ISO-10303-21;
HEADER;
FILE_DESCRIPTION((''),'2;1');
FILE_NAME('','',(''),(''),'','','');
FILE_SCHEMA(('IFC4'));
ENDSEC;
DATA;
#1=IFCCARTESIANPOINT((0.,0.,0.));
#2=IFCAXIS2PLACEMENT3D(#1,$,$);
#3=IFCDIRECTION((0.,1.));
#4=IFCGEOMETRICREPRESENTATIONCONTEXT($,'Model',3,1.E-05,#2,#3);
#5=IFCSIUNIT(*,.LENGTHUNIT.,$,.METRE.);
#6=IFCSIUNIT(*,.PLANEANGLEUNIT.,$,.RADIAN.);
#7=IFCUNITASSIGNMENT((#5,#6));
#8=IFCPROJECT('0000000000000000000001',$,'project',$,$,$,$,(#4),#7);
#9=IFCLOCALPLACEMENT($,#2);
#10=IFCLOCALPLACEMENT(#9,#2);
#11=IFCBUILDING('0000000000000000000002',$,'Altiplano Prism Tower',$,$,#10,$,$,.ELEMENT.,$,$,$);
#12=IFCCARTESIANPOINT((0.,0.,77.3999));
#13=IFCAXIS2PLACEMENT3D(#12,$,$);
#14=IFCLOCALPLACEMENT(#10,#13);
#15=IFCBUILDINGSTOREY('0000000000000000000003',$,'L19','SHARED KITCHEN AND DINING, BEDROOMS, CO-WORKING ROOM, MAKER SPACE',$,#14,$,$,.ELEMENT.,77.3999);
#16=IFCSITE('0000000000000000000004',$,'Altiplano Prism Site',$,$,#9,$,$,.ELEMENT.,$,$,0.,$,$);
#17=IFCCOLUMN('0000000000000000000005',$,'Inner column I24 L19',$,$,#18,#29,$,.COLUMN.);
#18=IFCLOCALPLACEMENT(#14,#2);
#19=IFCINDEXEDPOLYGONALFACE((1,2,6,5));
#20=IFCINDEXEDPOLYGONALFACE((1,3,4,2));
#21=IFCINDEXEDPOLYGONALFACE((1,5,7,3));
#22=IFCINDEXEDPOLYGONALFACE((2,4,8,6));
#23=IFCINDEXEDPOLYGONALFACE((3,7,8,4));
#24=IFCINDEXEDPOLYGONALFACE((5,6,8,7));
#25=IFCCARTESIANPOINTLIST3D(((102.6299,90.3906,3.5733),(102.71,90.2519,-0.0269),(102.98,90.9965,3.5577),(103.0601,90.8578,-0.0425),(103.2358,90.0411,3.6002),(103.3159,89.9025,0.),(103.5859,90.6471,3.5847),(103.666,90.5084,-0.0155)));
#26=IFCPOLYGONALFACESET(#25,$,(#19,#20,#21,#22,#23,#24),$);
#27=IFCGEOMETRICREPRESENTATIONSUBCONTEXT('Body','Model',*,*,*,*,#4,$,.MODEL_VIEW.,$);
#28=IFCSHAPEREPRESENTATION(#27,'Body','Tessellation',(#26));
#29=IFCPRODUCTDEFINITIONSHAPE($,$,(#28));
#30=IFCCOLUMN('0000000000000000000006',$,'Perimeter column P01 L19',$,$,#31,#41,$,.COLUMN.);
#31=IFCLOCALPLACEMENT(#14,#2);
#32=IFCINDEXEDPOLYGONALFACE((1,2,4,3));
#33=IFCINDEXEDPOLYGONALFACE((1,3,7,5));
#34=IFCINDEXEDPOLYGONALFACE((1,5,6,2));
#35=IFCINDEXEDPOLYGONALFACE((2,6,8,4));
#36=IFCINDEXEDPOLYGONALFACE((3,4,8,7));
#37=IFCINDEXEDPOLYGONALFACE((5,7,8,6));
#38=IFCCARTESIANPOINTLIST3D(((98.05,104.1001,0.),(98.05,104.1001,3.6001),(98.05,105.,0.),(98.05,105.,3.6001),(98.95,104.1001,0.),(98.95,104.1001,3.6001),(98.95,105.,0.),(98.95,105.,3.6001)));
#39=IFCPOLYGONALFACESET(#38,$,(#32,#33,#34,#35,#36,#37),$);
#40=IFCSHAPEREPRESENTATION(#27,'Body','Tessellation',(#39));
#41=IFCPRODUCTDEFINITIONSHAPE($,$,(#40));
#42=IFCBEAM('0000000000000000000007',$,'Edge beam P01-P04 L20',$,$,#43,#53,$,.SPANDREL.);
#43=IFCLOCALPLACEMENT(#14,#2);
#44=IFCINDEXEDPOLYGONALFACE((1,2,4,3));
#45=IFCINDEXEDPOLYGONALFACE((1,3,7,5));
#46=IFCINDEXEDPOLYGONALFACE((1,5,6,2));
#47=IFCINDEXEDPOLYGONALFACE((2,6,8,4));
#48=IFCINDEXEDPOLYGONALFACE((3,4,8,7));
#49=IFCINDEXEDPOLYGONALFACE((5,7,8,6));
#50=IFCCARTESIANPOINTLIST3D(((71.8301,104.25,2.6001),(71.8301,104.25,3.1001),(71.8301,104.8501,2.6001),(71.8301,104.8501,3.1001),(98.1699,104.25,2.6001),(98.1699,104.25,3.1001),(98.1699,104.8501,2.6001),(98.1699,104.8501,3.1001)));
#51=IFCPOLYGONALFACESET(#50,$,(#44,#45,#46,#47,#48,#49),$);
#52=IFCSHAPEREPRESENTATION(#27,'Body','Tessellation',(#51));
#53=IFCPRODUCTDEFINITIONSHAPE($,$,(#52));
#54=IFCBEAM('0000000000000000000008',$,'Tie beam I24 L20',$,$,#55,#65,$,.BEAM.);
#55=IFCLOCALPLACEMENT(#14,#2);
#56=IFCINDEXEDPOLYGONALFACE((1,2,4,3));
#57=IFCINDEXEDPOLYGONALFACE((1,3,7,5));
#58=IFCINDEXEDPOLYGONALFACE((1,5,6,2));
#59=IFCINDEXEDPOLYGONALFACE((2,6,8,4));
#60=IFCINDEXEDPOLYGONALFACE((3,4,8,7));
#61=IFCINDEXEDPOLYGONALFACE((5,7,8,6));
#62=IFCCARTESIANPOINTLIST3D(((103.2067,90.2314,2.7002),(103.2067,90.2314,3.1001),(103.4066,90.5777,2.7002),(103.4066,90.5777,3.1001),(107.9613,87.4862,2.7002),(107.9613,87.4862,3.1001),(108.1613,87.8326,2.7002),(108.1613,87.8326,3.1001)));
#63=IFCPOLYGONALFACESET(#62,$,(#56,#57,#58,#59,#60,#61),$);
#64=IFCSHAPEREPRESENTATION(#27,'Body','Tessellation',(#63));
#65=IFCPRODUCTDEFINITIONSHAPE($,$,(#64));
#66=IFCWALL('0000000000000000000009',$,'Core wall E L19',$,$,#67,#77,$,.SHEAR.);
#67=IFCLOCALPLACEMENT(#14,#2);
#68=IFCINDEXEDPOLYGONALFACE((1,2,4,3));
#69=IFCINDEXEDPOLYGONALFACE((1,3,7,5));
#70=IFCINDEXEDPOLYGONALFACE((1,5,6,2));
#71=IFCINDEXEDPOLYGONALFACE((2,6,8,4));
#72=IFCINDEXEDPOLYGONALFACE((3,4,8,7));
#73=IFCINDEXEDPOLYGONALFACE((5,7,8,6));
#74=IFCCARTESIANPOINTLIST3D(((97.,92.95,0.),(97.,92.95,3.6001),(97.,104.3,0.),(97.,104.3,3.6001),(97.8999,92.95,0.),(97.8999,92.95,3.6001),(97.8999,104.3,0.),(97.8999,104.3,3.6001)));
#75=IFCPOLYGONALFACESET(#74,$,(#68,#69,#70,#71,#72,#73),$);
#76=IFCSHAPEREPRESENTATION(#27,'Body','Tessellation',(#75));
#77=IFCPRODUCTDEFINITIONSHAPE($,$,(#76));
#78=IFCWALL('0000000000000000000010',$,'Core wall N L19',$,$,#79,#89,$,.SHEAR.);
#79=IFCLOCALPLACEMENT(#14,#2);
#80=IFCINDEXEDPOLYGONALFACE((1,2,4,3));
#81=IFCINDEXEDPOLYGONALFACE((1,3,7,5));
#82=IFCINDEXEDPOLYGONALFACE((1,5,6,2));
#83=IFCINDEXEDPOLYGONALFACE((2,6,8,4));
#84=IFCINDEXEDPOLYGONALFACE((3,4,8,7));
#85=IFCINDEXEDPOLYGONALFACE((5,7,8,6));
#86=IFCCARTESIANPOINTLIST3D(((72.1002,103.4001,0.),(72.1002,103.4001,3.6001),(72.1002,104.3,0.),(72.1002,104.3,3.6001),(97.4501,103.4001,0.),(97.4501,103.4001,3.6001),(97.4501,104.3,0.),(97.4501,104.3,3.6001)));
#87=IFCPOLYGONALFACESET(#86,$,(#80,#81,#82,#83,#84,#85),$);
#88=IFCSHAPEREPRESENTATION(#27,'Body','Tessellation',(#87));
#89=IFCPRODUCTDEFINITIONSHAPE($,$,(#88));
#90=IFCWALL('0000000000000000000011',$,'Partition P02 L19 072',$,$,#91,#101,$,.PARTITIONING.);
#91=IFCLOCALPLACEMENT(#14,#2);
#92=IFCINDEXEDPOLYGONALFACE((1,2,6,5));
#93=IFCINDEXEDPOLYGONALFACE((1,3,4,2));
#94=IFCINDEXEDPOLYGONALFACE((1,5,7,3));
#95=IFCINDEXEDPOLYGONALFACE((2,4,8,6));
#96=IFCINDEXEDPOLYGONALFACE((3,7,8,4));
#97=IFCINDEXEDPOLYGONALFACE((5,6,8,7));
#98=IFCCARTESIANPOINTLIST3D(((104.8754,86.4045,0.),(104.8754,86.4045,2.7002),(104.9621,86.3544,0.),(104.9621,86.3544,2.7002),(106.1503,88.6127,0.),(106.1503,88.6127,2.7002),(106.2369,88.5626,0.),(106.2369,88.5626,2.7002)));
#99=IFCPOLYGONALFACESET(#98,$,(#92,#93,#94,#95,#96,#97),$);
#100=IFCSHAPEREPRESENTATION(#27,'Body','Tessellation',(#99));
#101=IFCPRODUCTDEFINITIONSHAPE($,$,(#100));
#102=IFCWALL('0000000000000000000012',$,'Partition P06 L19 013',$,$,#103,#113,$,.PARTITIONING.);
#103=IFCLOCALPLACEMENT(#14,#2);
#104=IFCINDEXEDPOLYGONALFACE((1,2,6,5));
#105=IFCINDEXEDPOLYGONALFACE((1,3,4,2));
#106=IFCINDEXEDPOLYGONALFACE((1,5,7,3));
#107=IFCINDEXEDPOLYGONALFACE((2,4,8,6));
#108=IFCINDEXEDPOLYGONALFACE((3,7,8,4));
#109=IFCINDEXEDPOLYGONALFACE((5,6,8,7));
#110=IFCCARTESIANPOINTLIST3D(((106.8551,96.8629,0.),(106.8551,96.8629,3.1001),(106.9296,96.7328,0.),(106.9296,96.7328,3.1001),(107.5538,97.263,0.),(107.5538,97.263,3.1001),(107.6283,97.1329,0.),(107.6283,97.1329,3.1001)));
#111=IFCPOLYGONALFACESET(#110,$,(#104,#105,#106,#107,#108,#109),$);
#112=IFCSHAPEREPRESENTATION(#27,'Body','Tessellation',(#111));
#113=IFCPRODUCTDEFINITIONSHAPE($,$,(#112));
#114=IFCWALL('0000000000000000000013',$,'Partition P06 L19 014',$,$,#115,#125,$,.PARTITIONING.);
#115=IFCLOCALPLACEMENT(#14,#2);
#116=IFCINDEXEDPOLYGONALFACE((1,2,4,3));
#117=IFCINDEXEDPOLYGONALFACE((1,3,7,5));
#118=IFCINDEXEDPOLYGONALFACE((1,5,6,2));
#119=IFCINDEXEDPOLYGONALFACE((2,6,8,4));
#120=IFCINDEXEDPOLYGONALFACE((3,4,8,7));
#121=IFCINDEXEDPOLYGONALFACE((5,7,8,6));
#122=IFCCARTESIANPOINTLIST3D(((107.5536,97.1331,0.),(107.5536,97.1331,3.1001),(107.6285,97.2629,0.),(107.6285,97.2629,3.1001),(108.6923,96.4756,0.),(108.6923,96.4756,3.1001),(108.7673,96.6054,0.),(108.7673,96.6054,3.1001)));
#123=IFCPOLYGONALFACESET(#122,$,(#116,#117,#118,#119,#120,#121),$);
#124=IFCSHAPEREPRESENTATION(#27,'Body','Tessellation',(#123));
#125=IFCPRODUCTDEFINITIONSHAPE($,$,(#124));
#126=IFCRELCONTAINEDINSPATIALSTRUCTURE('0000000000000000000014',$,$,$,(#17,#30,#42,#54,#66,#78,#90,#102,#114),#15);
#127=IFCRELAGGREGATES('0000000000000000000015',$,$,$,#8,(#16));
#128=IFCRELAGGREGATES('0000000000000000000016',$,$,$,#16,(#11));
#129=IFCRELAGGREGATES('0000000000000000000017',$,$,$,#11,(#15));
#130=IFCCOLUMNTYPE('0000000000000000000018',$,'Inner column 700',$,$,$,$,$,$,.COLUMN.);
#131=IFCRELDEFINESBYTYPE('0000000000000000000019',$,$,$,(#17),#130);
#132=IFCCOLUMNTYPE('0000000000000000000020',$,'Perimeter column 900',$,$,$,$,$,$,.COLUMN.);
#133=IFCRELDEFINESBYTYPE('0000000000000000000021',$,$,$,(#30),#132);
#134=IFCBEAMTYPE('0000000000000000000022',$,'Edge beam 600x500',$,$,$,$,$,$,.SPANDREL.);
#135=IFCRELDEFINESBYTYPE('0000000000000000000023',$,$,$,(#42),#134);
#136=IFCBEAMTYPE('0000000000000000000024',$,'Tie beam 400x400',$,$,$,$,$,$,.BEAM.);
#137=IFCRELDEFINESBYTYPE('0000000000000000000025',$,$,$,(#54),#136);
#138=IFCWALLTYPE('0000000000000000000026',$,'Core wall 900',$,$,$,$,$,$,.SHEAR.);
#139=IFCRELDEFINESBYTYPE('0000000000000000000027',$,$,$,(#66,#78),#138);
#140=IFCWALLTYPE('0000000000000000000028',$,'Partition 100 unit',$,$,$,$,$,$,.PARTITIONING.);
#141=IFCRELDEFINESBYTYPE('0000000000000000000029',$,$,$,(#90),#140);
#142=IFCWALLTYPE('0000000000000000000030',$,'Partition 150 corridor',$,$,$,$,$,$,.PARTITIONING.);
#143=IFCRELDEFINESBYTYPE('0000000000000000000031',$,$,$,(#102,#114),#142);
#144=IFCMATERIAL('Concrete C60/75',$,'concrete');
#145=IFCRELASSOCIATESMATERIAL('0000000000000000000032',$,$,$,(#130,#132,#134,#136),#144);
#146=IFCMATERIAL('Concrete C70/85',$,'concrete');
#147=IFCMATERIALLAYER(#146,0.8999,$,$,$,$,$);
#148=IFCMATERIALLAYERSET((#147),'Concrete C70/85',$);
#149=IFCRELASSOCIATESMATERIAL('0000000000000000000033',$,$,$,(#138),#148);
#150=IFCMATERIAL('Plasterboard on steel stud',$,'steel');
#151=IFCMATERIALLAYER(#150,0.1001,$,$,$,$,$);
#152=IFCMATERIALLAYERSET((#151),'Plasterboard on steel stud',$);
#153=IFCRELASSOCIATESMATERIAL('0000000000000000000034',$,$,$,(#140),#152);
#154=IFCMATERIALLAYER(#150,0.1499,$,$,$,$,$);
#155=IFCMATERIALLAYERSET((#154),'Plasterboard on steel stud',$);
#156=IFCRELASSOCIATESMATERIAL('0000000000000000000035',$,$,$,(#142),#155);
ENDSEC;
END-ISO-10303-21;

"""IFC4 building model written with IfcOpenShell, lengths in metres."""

from ifc_helpers import new_model, si_unit, direction, frame, frame_2d, origin, origin_2d, place, context, subcontext, project, spatial, rectangle, extrude, material, layer, layer_set, material_profile, profile_set, type_object, element, save


model = new_model("IFC4")

# Units and contexts
model_context = context("Model", 3, precision=1e-05, world=origin(), true_north=direction((0.0, 1.0)))
body_context = subcontext(model_context, "Body", "Model", "MODEL_VIEW")
ifc_project = project(units=[si_unit("LENGTHUNIT", "METRE"), si_unit("PLANEANGLEUNIT", "RADIAN")], contexts=[model_context])

# Site, building, storey
site_placement = place(None, origin())
site = spatial("IfcSite", under=ifc_project, at=site_placement, Name="Altiplano Prism Site", CompositionType="ELEMENT", RefElevation=0.0)
building_placement = place(site_placement, origin())
building = spatial("IfcBuilding", under=site, at=building_placement, Name="Altiplano Prism Tower", CompositionType="ELEMENT")
storey_placement = place(building_placement, frame((0.0, 0.0, 77.3999)))
storey = spatial("IfcBuildingStorey", under=building, at=storey_placement, Name="L19", Description="SHARED KITCHEN AND DINING, BEDROOMS, CO-WORKING ROOM, MAKER SPACE", CompositionType="ELEMENT", Elevation=77.3999)

# Columns
ifc_material_1 = material(Name="Concrete C60/75", Category="concrete")
ifc_material_profile_1 = material_profile(ifc_material_1, rectangle(XDim=0.7, YDim=0.7, at=origin_2d()), Name="Inner column 700")
ifc_profile_set_1 = profile_set([ifc_material_profile_1], Name="Concrete C60/75")
column_type_1 = type_object("IfcColumnType", Name="Inner column 700", PredefinedType="COLUMN", material=ifc_profile_set_1)
column_1_placement = place(storey_placement, frame((103.188, 90.3801, -0.0212), z_axis=(-0.022221, 0.038481, 0.999012), x_axis=(-0.500175, -0.865639, 0.022218)))
element("IfcColumn", 1, at=column_1_placement, inside=storey, type_object=column_type_1, Name="Inner column I24 L19", PredefinedType="COLUMN", context=body_context, shape_type="SweptSolid", body=[
    extrude(rectangle(XDim=0.7, YDim=0.7, at=origin_2d()), origin(), (0.0, 0.0, 1.0), 3.6038),
])
ifc_material_profile_2 = material_profile(ifc_material_1, rectangle(XDim=0.8999, YDim=0.8999, at=origin_2d()), Name="Perimeter column 900")
ifc_profile_set_2 = profile_set([ifc_material_profile_2], Name="Concrete C60/75")
column_type_2 = type_object("IfcColumnType", Name="Perimeter column 900", PredefinedType="COLUMN", material=ifc_profile_set_2)
column_2_placement = place(storey_placement, frame((98.5, 104.55, 0.0), z_axis=(0.0, 0.0, 1.0), x_axis=(1.0, 0.0, 0.0)))
element("IfcColumn", 2, at=column_2_placement, inside=storey, type_object=column_type_2, Name="Perimeter column P01 L19", PredefinedType="COLUMN", context=body_context, shape_type="SweptSolid", body=[
    extrude(rectangle(XDim=0.8999, YDim=0.8999, at=origin_2d()), origin(), (0.0, 0.0, 1.0), 3.6001),
])

# Beams
ifc_material_profile_3 = material_profile(ifc_material_1, rectangle(XDim=0.6001, YDim=0.5, at=origin_2d()), Name="Edge beam 600x500")
ifc_profile_set_3 = profile_set([ifc_material_profile_3], Name="Concrete C60/75")
beam_type_1 = type_object("IfcBeamType", Name="Edge beam 600x500", PredefinedType="SPANDREL", material=ifc_profile_set_3)
beam_1_placement = place(storey_placement, frame((98.1699, 104.55, 2.8501), z_axis=(-1.0, 0.0, 0.0), x_axis=(0.0, -1.0, 0.0)))
element("IfcBeam", 3, at=beam_1_placement, inside=storey, type_object=beam_type_1, Name="Edge beam P01-P04 L20", PredefinedType="SPANDREL", context=body_context, shape_type="SweptSolid", body=[
    extrude(rectangle(XDim=0.6001, YDim=0.5, at=origin_2d()), origin(), (0.0, 0.0, 1.0), 26.3398),
])
ifc_material_profile_4 = material_profile(ifc_material_1, rectangle(XDim=0.3999, YDim=0.3999, at=origin_2d()), Name="Tie beam 400x400")
ifc_profile_set_4 = profile_set([ifc_material_profile_4], Name="Concrete C60/75")
beam_type_2 = type_object("IfcBeamType", Name="Tie beam 400x400", PredefinedType="BEAM", material=ifc_profile_set_4)
beam_2_placement = place(storey_placement, frame((103.3066, 90.4045, 2.9001), z_axis=(0.866023, -0.500003, 0.0), x_axis=(0.500003, 0.866023, 0.0)))
element("IfcBeam", 4, at=beam_2_placement, inside=storey, type_object=beam_type_2, Name="Tie beam I24 L20", PredefinedType="BEAM", context=body_context, shape_type="SweptSolid", body=[
    extrude(rectangle(XDim=0.3999, YDim=0.3999, at=origin_2d()), origin(), (0.0, 0.0, 1.0), 5.4902),
])

# Walls
ifc_material_2 = material(Name="Concrete C70/85", Category="concrete")
ifc_layer_1 = layer(ifc_material_2, 0.8999)
ifc_layer_set_1 = layer_set([ifc_layer_1], Name="Concrete C70/85")
wall_type_1 = type_object("IfcWallType", Name="Core wall 900", PredefinedType="SHEAR", material=ifc_layer_set_1)
wall_1_placement = place(storey_placement, frame((97.45, 92.95, 0.0), z_axis=(0.0, 0.0, 1.0), x_axis=(0.0, 1.0, 0.0)))
element("IfcWall", 5, at=wall_1_placement, inside=storey, type_object=wall_type_1, Name="Core wall E L19", PredefinedType="SHEAR", context=body_context, shape_type="SweptSolid", body=[
    extrude(rectangle(XDim=11.3501, YDim=0.8999, at=frame_2d((5.675, 0.0))), origin(), (0.0, 0.0, 1.0), 3.6001),
])
wall_2_placement = place(storey_placement, frame((97.45, 103.8501, 0.0), z_axis=(0.0, 0.0, 1.0), x_axis=(-1.0, 0.0, 0.0)))
element("IfcWall", 6, at=wall_2_placement, inside=storey, type_object=wall_type_1, Name="Core wall N L19", PredefinedType="SHEAR", context=body_context, shape_type="SweptSolid", body=[
    extrude(rectangle(XDim=25.3499, YDim=0.8999, at=frame_2d((12.6748, 0.0))), origin(), (0.0, 0.0, 1.0), 3.6001),
])
ifc_material_3 = material(Name="Plasterboard on steel stud", Category="steel")
ifc_layer_2 = layer(ifc_material_3, 0.1001)
ifc_layer_set_2 = layer_set([ifc_layer_2], Name="Plasterboard on steel stud")
wall_type_2 = type_object("IfcWallType", Name="Partition 100 unit", PredefinedType="PARTITIONING", material=ifc_layer_set_2)
wall_3_placement = place(storey_placement, frame((106.1936, 88.5876, 0.0), z_axis=(0.0, 0.0, 1.0), x_axis=(-0.49999, -0.866031, 0.0)))
element("IfcWall", 7, at=wall_3_placement, inside=storey, type_object=wall_type_2, Name="Partition P02 L19 072", PredefinedType="PARTITIONING", context=body_context, shape_type="SweptSolid", body=[
    extrude(rectangle(XDim=2.5498, YDim=0.1001, at=frame_2d((1.2749, 0.0))), origin(), (0.0, 0.0, 1.0), 2.7002),
])
ifc_layer_3 = layer(ifc_material_3, 0.1499)
ifc_layer_set_3 = layer_set([ifc_layer_3], Name="Plasterboard on steel stud")
wall_type_3 = type_object("IfcWallType", Name="Partition 150 corridor", PredefinedType="PARTITIONING", material=ifc_layer_set_3)
wall_4_placement = place(storey_placement, frame((106.8923, 96.7979, 0.0), z_axis=(0.0, 0.0, 1.0), x_axis=(0.867776, 0.496955, 0.0)))
element("IfcWall", 8, at=wall_4_placement, inside=storey, type_object=wall_type_3, Name="Partition P06 L19 013", PredefinedType="PARTITIONING", context=body_context, shape_type="SweptSolid", body=[
    extrude(rectangle(XDim=0.8052, YDim=0.1499, at=frame_2d((0.4026, 0.0))), origin(), (0.0, 0.0, 1.0), 3.1001),
])
wall_5_placement = place(storey_placement, frame((107.5911, 97.198, 0.0), z_axis=(0.0, 0.0, 1.0), x_axis=(0.866006, -0.500033, 0.0)))
element("IfcWall", 9, at=wall_5_placement, inside=storey, type_object=wall_type_3, Name="Partition P06 L19 014", PredefinedType="PARTITIONING", context=body_context, shape_type="SweptSolid", body=[
    extrude(rectangle(XDim=1.3149, YDim=0.1499, at=frame_2d((0.6575, 0.0))), origin(), (0.0, 0.0, 1.0), 3.1001),
])

save(model, "model.ifc")
